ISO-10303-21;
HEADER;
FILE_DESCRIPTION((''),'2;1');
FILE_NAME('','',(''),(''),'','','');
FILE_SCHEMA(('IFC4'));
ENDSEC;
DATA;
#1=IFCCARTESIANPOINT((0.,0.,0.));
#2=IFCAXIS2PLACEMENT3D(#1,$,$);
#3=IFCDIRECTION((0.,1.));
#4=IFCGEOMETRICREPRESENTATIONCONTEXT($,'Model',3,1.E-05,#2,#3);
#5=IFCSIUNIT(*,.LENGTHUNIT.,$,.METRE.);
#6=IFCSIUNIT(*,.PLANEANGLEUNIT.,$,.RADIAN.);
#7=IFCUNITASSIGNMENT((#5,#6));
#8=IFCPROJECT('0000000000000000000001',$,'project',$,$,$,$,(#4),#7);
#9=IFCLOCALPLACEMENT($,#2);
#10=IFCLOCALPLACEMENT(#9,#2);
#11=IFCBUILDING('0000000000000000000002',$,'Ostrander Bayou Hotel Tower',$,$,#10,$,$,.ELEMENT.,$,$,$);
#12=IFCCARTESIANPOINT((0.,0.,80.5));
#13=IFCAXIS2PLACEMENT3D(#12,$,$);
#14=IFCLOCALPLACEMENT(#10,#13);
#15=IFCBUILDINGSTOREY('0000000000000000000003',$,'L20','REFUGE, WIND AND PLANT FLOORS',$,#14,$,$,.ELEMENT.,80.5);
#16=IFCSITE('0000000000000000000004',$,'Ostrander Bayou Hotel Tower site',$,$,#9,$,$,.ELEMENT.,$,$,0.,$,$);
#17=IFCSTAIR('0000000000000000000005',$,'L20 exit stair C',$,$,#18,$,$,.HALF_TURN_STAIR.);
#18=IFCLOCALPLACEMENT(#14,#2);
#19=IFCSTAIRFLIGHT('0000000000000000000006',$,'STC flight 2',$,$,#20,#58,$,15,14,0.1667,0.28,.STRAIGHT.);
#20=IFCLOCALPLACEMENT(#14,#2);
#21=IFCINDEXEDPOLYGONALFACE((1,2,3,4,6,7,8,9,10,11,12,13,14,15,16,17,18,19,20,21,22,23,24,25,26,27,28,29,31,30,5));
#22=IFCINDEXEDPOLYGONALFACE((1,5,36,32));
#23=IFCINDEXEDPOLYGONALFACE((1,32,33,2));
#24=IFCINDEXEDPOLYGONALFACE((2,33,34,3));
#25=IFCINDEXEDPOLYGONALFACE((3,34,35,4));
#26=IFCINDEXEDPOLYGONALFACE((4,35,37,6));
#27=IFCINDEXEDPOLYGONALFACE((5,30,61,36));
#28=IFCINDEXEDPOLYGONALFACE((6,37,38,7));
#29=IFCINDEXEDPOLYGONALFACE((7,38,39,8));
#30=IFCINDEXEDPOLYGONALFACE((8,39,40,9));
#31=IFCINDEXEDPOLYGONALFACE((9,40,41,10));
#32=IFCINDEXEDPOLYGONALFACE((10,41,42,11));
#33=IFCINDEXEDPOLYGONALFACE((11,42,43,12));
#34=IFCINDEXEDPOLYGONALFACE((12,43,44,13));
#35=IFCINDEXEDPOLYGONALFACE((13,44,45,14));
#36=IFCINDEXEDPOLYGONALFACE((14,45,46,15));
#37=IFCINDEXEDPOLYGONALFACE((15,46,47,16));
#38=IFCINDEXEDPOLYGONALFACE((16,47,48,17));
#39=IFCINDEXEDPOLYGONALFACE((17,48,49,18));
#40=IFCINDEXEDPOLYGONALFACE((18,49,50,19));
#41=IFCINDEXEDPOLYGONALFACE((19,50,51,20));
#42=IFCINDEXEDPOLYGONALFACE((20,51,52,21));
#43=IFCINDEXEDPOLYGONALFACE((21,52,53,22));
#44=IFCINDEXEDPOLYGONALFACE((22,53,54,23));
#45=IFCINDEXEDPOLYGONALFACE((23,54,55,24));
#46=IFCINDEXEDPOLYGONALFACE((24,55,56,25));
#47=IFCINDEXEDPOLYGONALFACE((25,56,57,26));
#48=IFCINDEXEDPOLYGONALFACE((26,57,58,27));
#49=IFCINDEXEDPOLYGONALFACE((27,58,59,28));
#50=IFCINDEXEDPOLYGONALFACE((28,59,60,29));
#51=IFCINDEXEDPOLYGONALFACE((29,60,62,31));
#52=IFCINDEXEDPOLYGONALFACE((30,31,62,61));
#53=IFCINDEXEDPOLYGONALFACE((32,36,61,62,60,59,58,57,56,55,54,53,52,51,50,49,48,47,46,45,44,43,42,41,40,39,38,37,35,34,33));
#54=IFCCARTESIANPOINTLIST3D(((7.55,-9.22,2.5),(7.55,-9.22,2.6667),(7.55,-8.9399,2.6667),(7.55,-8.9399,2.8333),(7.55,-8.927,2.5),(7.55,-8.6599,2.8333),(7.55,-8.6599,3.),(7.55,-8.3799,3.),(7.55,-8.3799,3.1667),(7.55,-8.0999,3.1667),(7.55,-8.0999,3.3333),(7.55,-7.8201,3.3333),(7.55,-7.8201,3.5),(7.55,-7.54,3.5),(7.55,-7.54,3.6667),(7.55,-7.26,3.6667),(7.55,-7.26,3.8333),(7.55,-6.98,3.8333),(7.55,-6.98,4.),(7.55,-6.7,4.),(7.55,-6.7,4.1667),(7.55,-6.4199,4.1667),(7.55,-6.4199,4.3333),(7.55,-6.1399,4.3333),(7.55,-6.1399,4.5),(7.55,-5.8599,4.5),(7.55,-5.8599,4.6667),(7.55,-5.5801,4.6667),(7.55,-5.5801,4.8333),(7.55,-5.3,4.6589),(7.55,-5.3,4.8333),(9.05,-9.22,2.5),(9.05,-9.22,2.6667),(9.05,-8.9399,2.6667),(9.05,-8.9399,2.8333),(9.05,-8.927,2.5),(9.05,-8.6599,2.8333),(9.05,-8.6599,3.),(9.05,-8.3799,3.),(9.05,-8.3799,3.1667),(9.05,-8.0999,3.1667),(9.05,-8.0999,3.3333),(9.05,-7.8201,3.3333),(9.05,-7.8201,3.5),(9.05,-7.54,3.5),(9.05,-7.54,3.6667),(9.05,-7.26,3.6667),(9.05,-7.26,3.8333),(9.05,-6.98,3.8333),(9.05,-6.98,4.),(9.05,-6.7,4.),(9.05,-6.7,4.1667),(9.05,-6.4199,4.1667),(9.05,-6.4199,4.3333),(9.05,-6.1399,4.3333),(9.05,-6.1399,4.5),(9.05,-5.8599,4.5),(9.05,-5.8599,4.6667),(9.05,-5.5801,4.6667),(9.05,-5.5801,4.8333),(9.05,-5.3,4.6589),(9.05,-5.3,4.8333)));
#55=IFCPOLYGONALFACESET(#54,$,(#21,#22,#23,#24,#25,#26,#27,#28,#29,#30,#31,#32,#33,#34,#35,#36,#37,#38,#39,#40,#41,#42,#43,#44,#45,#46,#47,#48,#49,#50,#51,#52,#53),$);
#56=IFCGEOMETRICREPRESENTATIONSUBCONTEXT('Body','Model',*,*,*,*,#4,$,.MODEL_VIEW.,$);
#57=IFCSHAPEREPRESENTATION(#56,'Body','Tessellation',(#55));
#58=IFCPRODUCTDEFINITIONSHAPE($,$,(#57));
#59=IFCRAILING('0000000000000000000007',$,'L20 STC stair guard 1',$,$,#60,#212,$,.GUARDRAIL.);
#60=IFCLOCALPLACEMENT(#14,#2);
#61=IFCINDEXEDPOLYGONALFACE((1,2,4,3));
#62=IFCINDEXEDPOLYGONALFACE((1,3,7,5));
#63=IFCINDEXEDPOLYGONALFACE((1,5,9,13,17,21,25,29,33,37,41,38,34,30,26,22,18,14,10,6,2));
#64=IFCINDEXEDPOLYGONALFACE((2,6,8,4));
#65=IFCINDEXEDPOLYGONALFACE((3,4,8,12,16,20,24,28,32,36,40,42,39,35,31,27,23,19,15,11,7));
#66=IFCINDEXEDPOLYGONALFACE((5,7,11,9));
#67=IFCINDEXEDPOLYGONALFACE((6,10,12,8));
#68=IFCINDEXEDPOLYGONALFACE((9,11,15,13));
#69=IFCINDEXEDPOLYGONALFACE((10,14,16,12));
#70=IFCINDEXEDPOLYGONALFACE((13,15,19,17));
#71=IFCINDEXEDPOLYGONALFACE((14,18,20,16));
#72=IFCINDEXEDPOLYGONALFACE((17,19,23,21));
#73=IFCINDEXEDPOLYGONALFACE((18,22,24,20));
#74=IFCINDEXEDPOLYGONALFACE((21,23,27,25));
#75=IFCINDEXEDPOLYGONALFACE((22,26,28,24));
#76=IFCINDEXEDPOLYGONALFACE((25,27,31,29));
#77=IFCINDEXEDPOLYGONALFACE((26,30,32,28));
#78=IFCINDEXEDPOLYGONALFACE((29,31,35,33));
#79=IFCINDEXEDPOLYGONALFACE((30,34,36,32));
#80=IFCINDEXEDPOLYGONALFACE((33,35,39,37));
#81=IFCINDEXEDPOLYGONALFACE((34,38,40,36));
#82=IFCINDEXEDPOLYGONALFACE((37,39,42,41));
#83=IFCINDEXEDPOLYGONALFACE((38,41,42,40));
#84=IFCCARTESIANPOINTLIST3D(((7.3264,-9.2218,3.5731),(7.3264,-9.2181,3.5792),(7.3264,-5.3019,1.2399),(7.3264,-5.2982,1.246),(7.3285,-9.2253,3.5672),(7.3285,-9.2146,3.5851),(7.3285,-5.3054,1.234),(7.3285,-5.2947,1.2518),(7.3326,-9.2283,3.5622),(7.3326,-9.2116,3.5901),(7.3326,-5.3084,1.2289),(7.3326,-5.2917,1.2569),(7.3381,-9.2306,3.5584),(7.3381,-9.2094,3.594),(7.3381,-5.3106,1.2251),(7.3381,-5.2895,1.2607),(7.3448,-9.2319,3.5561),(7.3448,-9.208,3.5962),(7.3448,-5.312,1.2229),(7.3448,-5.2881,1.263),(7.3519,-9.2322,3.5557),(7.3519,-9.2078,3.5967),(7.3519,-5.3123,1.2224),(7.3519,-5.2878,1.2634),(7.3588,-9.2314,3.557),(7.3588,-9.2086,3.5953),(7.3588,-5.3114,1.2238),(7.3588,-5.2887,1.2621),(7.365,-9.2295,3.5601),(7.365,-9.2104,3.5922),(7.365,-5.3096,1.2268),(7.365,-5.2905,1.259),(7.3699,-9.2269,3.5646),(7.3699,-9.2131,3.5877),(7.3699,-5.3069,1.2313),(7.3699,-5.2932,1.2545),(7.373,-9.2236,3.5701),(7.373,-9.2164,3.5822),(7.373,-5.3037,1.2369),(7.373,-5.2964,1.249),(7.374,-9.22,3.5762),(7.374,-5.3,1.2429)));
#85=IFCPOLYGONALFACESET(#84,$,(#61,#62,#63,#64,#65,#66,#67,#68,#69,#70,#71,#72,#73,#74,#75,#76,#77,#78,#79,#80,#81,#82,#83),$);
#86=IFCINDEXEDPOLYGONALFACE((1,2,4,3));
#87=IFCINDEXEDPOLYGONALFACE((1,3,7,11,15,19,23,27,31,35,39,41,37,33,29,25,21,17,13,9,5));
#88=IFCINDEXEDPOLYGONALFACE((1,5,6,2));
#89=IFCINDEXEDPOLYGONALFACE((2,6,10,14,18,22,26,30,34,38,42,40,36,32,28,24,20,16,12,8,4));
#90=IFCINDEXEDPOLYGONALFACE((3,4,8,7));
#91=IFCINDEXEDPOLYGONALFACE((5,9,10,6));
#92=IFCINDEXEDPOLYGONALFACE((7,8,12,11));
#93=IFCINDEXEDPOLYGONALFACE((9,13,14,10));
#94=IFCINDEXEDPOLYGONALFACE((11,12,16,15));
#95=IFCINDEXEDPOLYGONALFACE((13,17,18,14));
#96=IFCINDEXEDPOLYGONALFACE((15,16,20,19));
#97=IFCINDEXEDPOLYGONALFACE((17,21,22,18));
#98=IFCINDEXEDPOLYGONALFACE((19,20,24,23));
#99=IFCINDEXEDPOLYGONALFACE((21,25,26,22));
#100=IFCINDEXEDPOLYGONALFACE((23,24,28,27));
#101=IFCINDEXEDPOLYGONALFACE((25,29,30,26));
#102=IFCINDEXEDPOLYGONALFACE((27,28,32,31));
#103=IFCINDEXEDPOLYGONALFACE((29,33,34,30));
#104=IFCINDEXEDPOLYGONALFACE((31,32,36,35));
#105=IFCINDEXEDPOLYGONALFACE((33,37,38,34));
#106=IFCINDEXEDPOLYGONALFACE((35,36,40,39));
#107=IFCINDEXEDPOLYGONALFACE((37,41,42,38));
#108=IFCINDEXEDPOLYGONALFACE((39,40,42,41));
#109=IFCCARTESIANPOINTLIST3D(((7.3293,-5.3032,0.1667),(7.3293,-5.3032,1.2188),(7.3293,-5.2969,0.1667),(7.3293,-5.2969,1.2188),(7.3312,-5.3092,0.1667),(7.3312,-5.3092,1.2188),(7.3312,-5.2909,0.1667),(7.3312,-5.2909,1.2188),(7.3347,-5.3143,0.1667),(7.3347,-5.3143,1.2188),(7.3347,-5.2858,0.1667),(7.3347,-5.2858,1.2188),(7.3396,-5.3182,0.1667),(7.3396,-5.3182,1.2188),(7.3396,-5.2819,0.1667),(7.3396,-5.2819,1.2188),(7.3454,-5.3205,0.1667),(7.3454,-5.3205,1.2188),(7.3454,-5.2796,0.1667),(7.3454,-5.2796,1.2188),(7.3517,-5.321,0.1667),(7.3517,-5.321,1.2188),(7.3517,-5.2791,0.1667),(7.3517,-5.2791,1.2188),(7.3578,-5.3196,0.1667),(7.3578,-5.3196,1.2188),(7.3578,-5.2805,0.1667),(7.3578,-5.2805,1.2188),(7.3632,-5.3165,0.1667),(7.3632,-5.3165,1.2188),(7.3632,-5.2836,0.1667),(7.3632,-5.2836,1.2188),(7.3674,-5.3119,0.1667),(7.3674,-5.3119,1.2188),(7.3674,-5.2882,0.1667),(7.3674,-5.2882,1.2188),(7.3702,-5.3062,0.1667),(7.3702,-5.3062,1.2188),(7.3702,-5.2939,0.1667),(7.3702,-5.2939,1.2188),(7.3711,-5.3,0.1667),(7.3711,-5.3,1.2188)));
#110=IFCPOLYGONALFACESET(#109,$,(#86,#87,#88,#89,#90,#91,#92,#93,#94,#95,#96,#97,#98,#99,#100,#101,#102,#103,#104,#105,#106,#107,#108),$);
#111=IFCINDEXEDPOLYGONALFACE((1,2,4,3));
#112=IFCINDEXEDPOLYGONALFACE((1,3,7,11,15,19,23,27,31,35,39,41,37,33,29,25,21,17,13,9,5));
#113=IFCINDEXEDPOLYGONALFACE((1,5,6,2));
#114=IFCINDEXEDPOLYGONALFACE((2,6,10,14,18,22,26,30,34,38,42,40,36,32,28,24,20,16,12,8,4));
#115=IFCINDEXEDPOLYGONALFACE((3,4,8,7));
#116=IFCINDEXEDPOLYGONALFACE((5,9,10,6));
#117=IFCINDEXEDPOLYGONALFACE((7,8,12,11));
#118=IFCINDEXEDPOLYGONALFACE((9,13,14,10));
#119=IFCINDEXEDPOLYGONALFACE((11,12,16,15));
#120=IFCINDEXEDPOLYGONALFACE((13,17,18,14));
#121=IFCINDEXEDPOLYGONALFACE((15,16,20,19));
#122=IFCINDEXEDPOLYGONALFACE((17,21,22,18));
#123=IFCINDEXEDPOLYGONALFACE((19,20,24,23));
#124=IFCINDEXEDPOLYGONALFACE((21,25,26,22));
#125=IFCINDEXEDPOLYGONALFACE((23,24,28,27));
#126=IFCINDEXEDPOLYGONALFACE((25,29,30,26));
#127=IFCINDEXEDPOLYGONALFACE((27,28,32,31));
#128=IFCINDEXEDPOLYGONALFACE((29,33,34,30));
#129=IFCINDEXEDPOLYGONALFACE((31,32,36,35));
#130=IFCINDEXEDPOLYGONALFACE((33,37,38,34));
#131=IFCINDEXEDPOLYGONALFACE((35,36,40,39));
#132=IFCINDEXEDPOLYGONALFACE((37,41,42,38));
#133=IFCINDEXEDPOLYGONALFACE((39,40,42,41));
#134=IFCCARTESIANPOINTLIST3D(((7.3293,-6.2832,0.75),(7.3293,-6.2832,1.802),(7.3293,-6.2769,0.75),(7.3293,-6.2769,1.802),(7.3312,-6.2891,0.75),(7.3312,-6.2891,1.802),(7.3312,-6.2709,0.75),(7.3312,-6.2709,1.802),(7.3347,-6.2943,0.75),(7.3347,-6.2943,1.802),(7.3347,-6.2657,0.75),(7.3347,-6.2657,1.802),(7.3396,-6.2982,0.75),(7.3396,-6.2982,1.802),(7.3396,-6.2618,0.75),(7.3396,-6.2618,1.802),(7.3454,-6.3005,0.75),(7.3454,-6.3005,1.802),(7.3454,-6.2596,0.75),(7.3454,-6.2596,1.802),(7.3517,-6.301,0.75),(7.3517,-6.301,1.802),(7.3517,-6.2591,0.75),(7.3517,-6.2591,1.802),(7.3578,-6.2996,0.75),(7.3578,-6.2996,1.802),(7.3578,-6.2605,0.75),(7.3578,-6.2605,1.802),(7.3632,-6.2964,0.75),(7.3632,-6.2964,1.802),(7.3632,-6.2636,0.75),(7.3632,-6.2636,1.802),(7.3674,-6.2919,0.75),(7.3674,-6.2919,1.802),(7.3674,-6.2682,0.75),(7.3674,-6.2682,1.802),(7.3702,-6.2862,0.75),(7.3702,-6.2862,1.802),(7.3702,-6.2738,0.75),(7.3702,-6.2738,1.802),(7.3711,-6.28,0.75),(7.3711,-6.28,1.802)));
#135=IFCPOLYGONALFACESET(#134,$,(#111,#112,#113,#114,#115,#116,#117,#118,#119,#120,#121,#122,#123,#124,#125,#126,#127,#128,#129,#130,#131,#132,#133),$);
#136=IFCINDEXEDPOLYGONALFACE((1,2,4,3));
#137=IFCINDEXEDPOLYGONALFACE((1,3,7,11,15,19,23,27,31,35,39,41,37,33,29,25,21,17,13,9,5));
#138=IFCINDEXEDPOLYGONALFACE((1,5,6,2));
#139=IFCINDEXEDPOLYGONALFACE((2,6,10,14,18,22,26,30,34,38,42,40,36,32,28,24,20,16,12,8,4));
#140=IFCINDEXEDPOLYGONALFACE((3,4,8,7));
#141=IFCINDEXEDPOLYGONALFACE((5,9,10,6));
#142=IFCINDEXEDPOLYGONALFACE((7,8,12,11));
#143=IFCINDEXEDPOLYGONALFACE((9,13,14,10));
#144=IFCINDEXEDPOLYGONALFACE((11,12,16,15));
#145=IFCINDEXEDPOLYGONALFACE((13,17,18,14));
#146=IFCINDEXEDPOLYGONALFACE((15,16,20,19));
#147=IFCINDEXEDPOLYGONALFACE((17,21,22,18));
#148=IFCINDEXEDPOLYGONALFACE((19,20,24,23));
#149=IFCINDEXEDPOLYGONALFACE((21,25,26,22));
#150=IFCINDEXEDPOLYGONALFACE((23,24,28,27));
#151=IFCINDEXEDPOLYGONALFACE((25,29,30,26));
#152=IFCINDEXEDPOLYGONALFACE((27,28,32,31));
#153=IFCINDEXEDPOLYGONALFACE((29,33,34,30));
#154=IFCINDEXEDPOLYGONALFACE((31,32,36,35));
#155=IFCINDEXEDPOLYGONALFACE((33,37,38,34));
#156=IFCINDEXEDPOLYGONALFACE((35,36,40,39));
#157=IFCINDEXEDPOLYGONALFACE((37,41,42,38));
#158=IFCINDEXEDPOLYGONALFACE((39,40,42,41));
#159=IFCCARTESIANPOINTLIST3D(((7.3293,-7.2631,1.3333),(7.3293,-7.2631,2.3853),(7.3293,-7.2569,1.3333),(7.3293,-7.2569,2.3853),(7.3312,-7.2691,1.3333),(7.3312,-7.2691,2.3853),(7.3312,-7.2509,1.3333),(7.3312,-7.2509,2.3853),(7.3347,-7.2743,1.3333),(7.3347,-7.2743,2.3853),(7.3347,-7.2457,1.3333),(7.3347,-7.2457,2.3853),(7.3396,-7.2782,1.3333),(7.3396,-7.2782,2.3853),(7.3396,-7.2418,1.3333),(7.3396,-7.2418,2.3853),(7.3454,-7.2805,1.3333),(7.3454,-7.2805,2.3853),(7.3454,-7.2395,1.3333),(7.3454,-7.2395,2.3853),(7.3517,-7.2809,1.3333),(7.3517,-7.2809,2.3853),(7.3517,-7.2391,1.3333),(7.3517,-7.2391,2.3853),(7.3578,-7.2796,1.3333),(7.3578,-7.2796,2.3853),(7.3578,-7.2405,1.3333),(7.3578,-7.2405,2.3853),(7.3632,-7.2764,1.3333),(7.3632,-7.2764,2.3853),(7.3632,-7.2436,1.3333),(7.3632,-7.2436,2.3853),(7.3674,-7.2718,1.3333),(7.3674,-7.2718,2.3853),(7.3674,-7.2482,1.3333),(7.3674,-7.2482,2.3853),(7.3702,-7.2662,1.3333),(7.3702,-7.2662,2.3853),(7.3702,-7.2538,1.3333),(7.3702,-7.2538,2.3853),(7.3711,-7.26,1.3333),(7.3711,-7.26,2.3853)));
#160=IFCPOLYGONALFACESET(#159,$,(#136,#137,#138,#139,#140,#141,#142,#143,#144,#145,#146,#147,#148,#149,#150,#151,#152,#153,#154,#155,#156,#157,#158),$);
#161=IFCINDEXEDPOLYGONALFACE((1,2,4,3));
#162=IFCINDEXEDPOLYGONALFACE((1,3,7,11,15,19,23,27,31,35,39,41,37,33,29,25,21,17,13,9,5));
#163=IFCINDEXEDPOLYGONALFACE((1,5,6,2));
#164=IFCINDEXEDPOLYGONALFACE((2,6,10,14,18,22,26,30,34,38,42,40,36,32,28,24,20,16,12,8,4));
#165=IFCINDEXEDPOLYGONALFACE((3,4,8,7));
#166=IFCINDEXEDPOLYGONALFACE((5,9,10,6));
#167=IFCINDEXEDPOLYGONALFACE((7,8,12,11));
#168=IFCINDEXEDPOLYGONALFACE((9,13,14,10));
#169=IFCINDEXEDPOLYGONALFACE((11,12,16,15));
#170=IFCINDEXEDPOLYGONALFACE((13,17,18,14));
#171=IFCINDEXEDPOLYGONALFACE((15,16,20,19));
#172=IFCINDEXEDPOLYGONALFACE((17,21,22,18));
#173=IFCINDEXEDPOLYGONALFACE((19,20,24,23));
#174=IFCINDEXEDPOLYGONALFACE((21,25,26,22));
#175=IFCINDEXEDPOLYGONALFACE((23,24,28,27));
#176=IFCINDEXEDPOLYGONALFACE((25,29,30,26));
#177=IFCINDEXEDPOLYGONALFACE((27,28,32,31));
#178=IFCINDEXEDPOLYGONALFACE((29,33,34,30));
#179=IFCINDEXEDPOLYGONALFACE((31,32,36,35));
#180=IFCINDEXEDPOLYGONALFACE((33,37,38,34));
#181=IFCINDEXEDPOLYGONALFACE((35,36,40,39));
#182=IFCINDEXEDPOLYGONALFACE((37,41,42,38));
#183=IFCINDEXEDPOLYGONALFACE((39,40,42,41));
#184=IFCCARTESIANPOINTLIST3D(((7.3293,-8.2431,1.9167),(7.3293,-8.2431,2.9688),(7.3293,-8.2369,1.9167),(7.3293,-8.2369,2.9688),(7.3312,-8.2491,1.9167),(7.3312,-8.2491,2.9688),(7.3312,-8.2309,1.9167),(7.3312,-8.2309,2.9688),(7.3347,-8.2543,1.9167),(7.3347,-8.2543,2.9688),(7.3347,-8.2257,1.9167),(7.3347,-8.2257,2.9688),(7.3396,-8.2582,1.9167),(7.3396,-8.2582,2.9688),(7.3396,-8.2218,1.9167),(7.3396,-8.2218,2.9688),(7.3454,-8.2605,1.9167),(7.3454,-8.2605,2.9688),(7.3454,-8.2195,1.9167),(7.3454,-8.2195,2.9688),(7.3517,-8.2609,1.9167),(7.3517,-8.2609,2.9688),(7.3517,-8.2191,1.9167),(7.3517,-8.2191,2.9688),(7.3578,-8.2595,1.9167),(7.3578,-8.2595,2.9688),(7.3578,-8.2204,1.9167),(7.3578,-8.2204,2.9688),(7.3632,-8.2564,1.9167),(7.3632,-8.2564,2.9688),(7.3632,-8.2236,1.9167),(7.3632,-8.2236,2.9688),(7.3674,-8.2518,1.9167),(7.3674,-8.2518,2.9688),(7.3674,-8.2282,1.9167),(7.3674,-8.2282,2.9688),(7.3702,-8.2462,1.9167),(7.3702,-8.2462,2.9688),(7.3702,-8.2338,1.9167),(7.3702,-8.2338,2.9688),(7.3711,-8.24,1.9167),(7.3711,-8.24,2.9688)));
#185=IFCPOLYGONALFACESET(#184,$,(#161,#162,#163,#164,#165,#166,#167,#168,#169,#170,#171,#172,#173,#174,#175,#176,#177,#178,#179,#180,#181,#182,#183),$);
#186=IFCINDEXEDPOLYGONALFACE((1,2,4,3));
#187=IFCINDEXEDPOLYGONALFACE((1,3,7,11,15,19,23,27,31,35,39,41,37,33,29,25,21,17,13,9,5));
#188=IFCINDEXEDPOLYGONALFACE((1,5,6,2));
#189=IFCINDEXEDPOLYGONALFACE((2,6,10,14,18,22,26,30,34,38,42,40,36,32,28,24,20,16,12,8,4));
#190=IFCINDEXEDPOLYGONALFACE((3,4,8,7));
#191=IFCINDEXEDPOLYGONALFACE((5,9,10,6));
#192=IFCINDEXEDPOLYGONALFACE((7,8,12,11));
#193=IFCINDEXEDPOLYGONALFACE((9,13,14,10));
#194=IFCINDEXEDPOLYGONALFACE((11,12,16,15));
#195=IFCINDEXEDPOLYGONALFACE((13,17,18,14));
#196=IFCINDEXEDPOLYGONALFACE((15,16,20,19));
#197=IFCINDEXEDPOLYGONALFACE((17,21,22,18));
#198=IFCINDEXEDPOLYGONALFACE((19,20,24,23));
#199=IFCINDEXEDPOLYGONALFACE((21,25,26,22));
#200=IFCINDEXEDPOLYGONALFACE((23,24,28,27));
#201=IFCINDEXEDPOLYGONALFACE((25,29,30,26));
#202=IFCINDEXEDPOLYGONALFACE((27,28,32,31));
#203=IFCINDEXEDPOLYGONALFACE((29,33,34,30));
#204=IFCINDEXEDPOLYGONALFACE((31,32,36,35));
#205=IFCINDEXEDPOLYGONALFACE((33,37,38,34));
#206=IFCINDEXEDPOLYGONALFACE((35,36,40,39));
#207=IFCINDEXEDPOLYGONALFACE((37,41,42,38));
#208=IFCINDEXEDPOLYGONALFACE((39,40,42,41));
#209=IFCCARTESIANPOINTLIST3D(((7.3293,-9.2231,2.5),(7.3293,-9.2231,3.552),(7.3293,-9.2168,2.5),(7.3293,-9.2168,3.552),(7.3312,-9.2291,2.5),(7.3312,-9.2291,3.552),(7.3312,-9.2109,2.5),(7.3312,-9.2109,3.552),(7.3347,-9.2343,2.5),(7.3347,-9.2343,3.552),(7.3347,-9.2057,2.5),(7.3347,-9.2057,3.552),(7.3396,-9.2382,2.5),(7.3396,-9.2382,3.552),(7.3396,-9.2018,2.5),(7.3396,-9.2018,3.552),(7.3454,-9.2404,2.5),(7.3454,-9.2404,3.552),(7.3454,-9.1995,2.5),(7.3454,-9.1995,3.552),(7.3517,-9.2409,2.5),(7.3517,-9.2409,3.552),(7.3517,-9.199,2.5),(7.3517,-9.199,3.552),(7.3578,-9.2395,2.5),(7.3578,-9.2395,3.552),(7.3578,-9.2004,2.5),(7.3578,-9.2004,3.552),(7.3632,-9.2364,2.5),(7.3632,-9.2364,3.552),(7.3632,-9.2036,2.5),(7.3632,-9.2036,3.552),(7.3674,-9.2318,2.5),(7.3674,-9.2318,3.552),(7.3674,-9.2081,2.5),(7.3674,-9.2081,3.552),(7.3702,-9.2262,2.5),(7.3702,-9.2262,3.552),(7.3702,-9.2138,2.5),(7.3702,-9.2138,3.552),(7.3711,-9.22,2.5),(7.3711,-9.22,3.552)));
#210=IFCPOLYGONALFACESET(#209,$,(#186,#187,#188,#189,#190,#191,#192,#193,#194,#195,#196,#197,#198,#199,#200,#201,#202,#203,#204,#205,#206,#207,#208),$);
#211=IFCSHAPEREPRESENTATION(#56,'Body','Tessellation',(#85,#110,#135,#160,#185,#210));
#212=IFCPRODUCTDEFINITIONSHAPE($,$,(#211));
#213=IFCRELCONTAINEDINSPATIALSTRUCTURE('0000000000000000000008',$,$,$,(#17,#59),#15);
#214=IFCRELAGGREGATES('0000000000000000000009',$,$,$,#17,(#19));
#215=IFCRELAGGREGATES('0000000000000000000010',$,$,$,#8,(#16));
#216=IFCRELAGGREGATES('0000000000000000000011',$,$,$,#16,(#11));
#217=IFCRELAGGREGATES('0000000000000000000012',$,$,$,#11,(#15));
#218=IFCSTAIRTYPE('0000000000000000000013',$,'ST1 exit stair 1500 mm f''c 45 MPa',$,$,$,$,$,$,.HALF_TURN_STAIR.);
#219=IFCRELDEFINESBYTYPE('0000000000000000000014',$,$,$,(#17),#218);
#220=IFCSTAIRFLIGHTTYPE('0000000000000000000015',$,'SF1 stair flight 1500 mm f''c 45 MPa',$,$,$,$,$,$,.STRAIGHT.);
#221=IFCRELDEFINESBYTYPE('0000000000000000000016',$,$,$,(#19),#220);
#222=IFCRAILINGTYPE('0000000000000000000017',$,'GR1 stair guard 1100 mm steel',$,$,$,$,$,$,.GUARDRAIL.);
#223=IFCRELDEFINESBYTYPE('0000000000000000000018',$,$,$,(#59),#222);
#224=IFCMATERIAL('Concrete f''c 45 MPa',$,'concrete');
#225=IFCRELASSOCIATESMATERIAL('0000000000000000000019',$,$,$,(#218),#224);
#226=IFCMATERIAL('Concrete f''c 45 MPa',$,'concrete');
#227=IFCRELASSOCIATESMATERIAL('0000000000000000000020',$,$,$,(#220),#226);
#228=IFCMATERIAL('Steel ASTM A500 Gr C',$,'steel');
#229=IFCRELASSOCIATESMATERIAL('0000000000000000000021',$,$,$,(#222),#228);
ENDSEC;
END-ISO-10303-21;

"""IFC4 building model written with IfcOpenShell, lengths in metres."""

from ifc_helpers import new_model, si_unit, direction, frame, origin, origin_2d, place, context, subcontext, project, spatial, polyline, circle, outline, extrude, material, type_object, element, aggregate, save


model = new_model("IFC4")

# Units and contexts
model_context = context("Model", 3, precision=1e-05, world=origin(), true_north=direction((0.0, 1.0)))
body_context = subcontext(model_context, "Body", "Model", "MODEL_VIEW")
ifc_project = project(units=[si_unit("LENGTHUNIT", "METRE"), si_unit("PLANEANGLEUNIT", "RADIAN")], contexts=[model_context])

# Site, building, storey
site_placement = place(None, origin())
site = spatial("IfcSite", under=ifc_project, at=site_placement, Name="Ostrander Bayou Hotel Tower site", CompositionType="ELEMENT", RefElevation=0.0)
building_placement = place(site_placement, origin())
building = spatial("IfcBuilding", under=site, at=building_placement, Name="Ostrander Bayou Hotel Tower", CompositionType="ELEMENT")
storey_placement = place(building_placement, frame((0.0, 0.0, 80.5)))
storey = spatial("IfcBuildingStorey", under=building, at=storey_placement, Name="L20", Description="REFUGE, WIND AND PLANT FLOORS", CompositionType="ELEMENT", Elevation=80.5)

# Stair, stair flight
ifc_material_1 = material(Name="Concrete f'c 45 MPa", Category="concrete")
stair_type = type_object("IfcStairType", Name="ST1 exit stair 1500 mm f'c 45 MPa", PredefinedType="HALF_TURN_STAIR", material=ifc_material_1)
stair_placement = place(storey_placement, origin())
stair = element("IfcStair", 1, at=stair_placement, inside=storey, type_object=stair_type, Name="L20 exit stair C", PredefinedType="HALF_TURN_STAIR")
ifc_material_2 = material(Name="Concrete f'c 45 MPa", Category="concrete")
stair_flight_type = type_object("IfcStairFlightType", Name="SF1 stair flight 1500 mm f'c 45 MPa", PredefinedType="STRAIGHT", material=ifc_material_2)
stair_flight_1_placement = place(storey_placement, frame((8.3, -9.22, 2.5), z_axis=(0.0, 0.0, 1.0), x_axis=(0.0, 1.0, 0.0)))
stair_flight_1 = element("IfcStairFlight", 2, at=stair_flight_1_placement, type_object=stair_flight_type, Name="STC flight 2", NumberOfRisers=15, NumberOfTreads=14, PredefinedType="STRAIGHT", RiserHeight=0.1667, TreadLength=0.28, context=body_context, shape_type="SweptSolid", body=[
    extrude(outline(polyline([(0.0, 0.0), (0.0, 0.1667), (0.28, 0.1667), (0.28, 0.3333), (0.5601, 0.3333), (0.5601, 0.5), (0.8401, 0.5), (0.8401, 0.6667), (1.1201, 0.6667), (1.1201, 0.8333), (1.3999, 0.8333), (1.3999, 1.0), (1.6799, 1.0), (1.6799, 1.1667), (1.96, 1.1667), (1.96, 1.3333), (2.24, 1.3333), (2.24, 1.5), (2.52, 1.5), (2.52, 1.6667), (2.8, 1.6667), (2.8, 1.8333), (3.0801, 1.8333), (3.0801, 2.0), (3.3601, 2.0), (3.3601, 2.1667), (3.6399, 2.1667), (3.6399, 2.3333), (3.9199, 2.3333), (3.9199, 2.5), (3.9199, 2.1589), (0.293, 0.0), (0.0, 0.0)])), frame((0.0, 0.75, 0.0), z_axis=(0.0, -1.0, 0.0), x_axis=(1.0, 0.0, 0.0)), (0.0, 0.0, 1.0), 1.5),
])
aggregate(stair, [stair_flight_1])

# Railing
ifc_material_3 = material(Name="Steel ASTM A500 Gr C", Category="steel")
railing_type_1 = type_object("IfcRailingType", Name="GR1 stair guard 1100 mm steel", PredefinedType="GUARDRAIL", material=ifc_material_3)
railing_1_placement = place(storey_placement, frame((7.3501, -5.3, 0.1667)))
element("IfcRailing", 3, at=railing_1_placement, inside=storey, type_object=railing_type_1, Name="L20 STC stair guard 1", PredefinedType="GUARDRAIL", context=body_context, shape_type="SweptSolid", body=[
    extrude(circle(Radius=0.0239, at=origin_2d()), frame((0.0, 0.0, 1.0762), z_axis=(0.0, -0.859296, 0.511478), x_axis=(1.0, 0.0, 0.0)), (0.0, 0.0, 1.0), 4.5618),
    extrude(circle(Radius=0.021, at=origin_2d()), origin(), (0.0, 0.0, 1.0), 1.052),
    extrude(circle(Radius=0.021, at=origin_2d()), frame((0.0, -0.98, 0.5833)), (0.0, 0.0, 1.0), 1.052),
    extrude(circle(Radius=0.021, at=origin_2d()), frame((0.0, -1.96, 1.1665)), (0.0, 0.0, 1.0), 1.052),
    extrude(circle(Radius=0.021, at=origin_2d()), frame((0.0, -2.9399, 1.75)), (0.0, 0.0, 1.0), 1.052),
    extrude(circle(Radius=0.021, at=origin_2d()), frame((0.0, -3.9199, 2.3333)), (0.0, 0.0, 1.0), 1.052),
])

save(model, "model.ifc")
